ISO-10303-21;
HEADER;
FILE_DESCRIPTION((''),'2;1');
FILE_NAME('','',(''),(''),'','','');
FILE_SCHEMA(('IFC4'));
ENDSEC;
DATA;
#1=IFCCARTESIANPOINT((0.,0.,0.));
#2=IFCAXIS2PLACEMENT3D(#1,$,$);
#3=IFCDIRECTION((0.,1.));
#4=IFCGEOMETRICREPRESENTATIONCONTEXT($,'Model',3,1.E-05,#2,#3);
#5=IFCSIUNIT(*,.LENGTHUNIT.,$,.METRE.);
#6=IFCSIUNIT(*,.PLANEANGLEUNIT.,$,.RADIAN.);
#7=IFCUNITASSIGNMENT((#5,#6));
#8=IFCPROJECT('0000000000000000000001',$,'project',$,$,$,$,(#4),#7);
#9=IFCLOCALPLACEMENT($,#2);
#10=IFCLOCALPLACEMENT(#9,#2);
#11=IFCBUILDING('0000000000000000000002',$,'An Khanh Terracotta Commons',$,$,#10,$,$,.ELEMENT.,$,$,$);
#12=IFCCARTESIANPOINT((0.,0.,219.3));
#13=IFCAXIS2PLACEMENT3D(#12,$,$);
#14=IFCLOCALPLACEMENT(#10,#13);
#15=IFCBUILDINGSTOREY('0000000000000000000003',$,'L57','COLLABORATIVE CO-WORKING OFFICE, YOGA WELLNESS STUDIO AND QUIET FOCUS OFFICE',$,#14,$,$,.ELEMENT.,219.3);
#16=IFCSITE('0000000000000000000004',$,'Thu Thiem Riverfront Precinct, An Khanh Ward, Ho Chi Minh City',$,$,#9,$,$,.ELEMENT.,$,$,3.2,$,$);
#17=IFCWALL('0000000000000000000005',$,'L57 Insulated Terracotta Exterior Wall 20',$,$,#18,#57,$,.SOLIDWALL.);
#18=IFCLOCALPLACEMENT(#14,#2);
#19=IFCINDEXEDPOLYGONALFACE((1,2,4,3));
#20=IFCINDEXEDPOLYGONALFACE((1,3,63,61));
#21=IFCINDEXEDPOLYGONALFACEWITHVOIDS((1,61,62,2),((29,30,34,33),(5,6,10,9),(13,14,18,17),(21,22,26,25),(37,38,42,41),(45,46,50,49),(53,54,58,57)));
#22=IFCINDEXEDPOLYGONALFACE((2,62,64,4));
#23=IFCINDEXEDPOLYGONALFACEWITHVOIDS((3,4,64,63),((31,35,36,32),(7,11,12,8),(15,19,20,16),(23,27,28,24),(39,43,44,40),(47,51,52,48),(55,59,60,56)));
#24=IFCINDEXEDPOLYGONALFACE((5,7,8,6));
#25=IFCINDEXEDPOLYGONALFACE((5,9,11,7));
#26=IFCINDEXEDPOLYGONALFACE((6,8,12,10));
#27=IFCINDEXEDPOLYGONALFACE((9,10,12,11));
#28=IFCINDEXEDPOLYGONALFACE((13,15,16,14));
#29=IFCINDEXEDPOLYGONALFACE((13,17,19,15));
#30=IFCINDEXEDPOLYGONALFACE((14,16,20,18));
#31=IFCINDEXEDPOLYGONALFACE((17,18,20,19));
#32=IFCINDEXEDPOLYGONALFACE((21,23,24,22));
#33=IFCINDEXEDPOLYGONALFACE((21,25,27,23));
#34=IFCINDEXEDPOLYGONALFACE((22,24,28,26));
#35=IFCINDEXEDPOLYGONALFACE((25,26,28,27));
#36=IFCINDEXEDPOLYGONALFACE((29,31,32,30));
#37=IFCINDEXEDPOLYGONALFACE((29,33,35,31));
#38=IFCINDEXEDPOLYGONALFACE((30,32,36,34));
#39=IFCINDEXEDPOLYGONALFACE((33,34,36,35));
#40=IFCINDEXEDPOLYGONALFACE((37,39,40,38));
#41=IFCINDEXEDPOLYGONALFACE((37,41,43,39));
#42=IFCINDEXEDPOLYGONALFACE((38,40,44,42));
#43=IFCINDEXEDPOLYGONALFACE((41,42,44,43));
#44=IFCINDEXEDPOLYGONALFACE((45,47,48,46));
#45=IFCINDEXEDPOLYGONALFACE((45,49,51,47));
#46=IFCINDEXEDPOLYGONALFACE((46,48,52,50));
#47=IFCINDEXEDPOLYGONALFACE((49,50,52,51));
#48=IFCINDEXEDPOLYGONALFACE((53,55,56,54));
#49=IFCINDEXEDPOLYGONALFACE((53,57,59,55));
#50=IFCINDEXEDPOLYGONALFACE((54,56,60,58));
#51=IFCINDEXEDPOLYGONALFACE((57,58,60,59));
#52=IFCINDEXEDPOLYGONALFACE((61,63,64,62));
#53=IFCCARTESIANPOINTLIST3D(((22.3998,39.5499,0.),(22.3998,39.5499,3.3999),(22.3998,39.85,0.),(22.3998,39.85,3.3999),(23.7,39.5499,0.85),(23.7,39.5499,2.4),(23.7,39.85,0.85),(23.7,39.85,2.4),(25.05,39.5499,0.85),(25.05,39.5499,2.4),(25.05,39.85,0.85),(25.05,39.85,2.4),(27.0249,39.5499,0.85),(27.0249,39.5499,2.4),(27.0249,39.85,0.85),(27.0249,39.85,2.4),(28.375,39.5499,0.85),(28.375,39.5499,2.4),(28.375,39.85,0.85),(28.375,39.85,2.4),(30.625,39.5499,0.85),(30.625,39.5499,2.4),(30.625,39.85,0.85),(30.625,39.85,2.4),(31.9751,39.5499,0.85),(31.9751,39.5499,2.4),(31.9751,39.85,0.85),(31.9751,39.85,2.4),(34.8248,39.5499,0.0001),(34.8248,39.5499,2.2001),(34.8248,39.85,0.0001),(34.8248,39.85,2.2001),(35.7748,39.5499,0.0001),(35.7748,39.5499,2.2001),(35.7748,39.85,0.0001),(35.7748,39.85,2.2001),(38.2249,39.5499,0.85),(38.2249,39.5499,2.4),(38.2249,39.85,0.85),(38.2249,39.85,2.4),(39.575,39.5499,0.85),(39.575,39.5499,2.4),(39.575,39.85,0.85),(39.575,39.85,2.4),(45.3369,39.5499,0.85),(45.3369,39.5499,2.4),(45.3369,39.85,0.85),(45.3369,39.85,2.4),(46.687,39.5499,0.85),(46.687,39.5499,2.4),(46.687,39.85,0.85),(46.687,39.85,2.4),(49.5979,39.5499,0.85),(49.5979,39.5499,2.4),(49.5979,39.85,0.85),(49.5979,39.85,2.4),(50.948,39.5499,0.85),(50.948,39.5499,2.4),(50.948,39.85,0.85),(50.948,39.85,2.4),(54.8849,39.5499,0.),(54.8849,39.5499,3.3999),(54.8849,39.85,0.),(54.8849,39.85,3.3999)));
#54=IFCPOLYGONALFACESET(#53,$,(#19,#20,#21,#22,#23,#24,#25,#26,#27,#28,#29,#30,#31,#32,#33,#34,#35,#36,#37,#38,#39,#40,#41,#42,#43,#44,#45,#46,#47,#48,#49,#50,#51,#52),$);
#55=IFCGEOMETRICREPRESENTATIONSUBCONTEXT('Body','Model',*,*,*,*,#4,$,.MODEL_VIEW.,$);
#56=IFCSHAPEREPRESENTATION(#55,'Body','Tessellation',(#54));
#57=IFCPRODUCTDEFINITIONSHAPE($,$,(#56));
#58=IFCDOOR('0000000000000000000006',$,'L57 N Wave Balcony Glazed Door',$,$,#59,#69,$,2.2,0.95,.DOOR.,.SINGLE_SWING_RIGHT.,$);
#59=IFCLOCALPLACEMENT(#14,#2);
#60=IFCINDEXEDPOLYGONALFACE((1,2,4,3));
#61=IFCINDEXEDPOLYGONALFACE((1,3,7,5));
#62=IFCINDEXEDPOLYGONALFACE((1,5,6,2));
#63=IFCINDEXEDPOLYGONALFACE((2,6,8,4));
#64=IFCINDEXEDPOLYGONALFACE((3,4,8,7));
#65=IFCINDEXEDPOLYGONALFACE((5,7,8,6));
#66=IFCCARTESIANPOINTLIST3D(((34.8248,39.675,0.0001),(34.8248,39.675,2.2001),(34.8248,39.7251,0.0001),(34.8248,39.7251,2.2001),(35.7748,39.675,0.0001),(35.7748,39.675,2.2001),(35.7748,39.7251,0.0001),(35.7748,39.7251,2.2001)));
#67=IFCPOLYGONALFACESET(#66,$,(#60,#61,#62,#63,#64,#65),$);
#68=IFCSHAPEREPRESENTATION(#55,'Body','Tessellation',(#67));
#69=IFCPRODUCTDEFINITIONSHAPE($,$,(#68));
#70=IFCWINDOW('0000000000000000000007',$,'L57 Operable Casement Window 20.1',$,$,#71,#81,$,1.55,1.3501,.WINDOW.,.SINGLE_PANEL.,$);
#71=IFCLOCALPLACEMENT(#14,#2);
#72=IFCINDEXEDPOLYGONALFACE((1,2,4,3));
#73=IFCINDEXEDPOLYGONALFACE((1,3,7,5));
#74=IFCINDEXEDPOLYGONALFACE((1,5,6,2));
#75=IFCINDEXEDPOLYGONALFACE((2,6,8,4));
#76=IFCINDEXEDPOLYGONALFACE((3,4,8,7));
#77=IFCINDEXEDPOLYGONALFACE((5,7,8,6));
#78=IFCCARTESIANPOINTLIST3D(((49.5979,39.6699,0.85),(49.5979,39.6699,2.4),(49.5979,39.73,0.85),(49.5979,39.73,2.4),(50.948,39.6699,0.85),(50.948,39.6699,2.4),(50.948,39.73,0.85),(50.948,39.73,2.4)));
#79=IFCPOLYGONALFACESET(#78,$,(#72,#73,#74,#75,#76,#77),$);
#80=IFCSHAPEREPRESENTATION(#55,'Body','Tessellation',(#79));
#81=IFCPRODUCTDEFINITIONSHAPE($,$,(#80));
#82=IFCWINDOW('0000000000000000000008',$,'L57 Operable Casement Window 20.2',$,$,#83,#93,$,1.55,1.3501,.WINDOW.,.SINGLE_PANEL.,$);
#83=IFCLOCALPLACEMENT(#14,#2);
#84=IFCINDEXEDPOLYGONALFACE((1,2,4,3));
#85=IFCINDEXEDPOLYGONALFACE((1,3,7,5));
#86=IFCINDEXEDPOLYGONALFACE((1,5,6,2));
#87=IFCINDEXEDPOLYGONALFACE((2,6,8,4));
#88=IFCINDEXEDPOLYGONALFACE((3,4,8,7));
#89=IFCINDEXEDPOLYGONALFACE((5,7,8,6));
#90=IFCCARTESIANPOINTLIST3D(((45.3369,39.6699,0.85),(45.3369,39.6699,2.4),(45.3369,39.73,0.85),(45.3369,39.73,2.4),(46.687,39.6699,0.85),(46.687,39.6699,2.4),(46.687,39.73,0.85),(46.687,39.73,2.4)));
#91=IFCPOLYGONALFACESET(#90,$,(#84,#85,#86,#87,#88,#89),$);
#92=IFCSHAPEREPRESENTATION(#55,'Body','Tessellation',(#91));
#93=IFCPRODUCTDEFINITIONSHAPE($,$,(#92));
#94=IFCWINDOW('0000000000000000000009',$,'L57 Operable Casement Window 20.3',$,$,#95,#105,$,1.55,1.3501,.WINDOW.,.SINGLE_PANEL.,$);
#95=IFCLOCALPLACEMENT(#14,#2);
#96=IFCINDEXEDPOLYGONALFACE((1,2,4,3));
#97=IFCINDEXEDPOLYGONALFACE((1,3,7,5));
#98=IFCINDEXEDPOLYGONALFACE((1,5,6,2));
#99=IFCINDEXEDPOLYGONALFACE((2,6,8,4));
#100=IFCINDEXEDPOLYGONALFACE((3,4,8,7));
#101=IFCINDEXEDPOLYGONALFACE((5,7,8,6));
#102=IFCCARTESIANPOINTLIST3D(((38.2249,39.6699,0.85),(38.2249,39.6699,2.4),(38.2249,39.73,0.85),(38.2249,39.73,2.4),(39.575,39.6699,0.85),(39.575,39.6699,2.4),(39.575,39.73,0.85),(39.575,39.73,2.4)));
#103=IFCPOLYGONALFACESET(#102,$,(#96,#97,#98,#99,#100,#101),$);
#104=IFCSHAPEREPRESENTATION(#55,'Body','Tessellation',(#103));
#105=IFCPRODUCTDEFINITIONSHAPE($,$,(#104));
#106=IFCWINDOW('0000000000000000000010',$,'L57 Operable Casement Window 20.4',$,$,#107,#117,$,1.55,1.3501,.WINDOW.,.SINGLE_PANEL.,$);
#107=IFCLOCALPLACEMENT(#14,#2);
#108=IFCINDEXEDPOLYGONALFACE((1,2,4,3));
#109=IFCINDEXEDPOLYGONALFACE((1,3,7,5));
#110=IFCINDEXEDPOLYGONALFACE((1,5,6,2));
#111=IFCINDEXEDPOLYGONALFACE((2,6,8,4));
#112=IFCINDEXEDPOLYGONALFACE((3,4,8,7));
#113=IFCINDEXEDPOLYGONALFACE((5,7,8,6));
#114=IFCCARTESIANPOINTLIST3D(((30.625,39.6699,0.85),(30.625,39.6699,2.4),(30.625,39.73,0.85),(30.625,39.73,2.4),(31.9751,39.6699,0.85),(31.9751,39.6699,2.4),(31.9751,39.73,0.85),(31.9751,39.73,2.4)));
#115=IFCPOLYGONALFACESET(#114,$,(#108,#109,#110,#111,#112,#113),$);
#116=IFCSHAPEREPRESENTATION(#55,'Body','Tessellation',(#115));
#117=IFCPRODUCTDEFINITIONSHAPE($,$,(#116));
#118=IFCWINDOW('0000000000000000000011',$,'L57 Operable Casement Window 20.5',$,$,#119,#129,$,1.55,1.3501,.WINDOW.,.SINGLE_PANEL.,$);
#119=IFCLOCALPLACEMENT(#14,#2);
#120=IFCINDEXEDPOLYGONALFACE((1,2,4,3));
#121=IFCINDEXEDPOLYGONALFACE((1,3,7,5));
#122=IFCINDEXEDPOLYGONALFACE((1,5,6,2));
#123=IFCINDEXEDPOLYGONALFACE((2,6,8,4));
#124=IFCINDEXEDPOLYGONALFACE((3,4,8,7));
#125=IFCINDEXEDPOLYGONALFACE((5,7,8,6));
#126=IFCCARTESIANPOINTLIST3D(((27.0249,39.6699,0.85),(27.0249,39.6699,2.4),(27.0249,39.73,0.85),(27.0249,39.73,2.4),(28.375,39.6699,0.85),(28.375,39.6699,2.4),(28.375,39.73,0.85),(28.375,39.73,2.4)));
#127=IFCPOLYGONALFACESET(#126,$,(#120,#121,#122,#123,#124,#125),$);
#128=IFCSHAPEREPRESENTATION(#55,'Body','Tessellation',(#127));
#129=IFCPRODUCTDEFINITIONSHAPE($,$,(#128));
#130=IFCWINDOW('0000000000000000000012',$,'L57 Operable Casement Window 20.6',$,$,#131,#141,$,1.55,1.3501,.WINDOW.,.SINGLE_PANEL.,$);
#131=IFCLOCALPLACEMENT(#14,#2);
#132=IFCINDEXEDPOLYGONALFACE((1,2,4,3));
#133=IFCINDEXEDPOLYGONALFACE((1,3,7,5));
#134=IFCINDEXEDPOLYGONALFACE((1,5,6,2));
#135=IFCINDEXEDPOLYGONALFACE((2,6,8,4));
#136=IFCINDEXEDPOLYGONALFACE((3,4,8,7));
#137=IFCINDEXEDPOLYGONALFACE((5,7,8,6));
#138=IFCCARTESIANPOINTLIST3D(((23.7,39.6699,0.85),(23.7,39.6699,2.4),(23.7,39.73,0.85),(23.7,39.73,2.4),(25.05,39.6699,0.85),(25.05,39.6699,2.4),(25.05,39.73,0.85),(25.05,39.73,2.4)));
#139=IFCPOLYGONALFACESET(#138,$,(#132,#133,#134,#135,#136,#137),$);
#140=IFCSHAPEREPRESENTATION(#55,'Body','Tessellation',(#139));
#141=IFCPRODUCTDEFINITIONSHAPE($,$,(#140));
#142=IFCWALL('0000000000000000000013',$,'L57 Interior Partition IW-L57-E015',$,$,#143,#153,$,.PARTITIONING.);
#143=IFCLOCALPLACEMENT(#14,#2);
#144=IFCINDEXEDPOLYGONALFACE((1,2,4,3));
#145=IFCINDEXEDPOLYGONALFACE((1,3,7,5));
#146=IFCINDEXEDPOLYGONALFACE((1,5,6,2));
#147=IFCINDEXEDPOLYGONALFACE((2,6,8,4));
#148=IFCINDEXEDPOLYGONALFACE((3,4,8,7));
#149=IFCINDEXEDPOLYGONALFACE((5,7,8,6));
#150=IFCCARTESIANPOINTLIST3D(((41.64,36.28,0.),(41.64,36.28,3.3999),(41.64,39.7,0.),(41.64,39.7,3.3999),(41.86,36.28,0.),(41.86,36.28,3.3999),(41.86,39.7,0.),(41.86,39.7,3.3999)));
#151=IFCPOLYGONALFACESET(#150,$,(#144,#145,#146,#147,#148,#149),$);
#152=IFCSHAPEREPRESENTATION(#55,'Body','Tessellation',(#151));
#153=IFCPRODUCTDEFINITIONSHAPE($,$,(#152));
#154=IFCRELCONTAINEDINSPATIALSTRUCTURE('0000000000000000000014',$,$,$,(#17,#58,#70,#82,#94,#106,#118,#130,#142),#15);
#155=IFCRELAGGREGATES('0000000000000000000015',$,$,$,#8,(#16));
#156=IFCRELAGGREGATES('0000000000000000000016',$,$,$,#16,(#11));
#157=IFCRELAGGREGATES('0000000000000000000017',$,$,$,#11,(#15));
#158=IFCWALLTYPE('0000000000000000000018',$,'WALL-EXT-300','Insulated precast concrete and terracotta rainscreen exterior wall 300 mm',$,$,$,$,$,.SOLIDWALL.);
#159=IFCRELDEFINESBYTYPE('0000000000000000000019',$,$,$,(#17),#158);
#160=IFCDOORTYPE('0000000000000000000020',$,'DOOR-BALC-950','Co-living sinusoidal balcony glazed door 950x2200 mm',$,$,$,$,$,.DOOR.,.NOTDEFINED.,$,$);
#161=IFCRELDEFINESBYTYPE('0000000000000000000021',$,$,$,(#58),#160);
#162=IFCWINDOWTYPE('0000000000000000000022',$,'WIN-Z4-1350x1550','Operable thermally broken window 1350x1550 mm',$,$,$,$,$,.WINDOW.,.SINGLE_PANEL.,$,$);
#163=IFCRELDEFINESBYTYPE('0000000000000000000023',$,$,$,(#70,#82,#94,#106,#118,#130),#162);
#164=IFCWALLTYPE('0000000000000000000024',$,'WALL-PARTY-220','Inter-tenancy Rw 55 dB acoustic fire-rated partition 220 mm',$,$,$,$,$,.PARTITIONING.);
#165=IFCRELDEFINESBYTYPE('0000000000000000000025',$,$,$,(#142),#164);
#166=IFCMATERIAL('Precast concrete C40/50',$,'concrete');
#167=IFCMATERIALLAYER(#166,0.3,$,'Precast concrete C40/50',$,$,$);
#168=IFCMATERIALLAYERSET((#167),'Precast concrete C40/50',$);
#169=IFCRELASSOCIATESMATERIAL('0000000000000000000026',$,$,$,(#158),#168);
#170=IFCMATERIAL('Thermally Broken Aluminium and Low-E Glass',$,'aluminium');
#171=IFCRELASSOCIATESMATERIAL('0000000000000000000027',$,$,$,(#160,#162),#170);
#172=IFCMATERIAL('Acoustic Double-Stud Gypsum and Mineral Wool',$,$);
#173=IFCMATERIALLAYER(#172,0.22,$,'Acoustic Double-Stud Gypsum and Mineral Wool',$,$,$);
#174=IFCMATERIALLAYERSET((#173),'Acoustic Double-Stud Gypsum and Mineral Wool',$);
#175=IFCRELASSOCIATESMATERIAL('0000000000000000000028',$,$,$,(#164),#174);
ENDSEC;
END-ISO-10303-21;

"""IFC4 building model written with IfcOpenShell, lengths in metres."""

from ifc_helpers import new_model, si_unit, direction, frame, frame_2d, origin, place, context, subcontext, project, spatial, rectangle, extrude, material, layer, layer_set, type_object, element, fill, save


model = new_model("IFC4")

# Units and contexts
model_context = context("Model", 3, precision=1e-05, world=origin(), true_north=direction((0.0, 1.0)))
body_context = subcontext(model_context, "Body", "Model", "MODEL_VIEW")
ifc_project = project(units=[si_unit("LENGTHUNIT", "METRE"), si_unit("PLANEANGLEUNIT", "RADIAN")], contexts=[model_context])

# Site, building, storey
site_placement = place(None, origin())
site = spatial("IfcSite", under=ifc_project, at=site_placement, Name="Thu Thiem Riverfront Precinct, An Khanh Ward, Ho Chi Minh City", CompositionType="ELEMENT", RefElevation=3.2)
building_placement = place(site_placement, origin())
building = spatial("IfcBuilding", under=site, at=building_placement, Name="An Khanh Terracotta Commons", CompositionType="ELEMENT")
storey_placement = place(building_placement, frame((0.0, 0.0, 219.3)))
storey = spatial("IfcBuildingStorey", under=building, at=storey_placement, Name="L57", Description="COLLABORATIVE CO-WORKING OFFICE, YOGA WELLNESS STUDIO AND QUIET FOCUS OFFICE", CompositionType="ELEMENT", Elevation=219.3)

# Shared definitions
ifc_material_1 = material(Name="Precast concrete C40/50", Category="concrete")
ifc_layer_1 = layer(ifc_material_1, 0.3, Name="Precast concrete C40/50")
ifc_layer_set_1 = layer_set([ifc_layer_1], Name="Precast concrete C40/50")
wall_type_1 = type_object("IfcWallType", Name="WALL-EXT-300", Description="Insulated precast concrete and terracotta rainscreen exterior wall 300 mm", PredefinedType="SOLIDWALL", material=ifc_layer_set_1)

# Wall, openings, door, windows
wall_1_placement = place(storey_placement, frame((54.885, 39.7, 0.0), z_axis=(0.0, 0.0, 1.0), x_axis=(-1.0, 0.0, 0.0)))
wall_1 = element("IfcWall", 1, at=wall_1_placement, inside=storey, type_object=wall_type_1, Name="L57 Insulated Terracotta Exterior Wall 20", PredefinedType="SOLIDWALL", context=body_context, shape_type="SweptSolid", body=[
    extrude(rectangle(XDim=32.4851, YDim=0.3, at=frame_2d((16.2427, 0.0))), origin(), (0.0, 0.0, 1.0), 3.3999),
])
opening_1_placement = place(wall_1_placement, frame((19.1101, 0.0, 0.0)))
opening_1 = element("IfcOpeningElement", 2, at=opening_1_placement, cuts=wall_1, PredefinedType="OPENING", context=body_context, shape_type="SweptSolid", body=[
    extrude(rectangle(XDim=0.95, YDim=2.2, at=frame_2d((0.4751, 1.1001))), frame((0.0, 0.1599, 0.0), z_axis=(0.0, -1.0, 0.0), x_axis=(1.0, 0.0, 0.0)), (0.0, 0.0, 1.0), 0.3201),
])
opening_2_placement = place(wall_1_placement, frame((3.937, 0.0, 0.8501)))
opening_2 = element("IfcOpeningElement", 3, at=opening_2_placement, cuts=wall_1, PredefinedType="OPENING", context=body_context, shape_type="SweptSolid", body=[
    extrude(rectangle(XDim=1.3501, YDim=1.55, at=frame_2d((0.675, 0.7749))), frame((0.0, 0.1599, 0.0), z_axis=(0.0, -1.0, 0.0), x_axis=(1.0, 0.0, 0.0)), (0.0, 0.0, 1.0), 0.3201),
])
opening_3_placement = place(wall_1_placement, frame((8.198, 0.0, 0.8501)))
opening_3 = element("IfcOpeningElement", 4, at=opening_3_placement, cuts=wall_1, PredefinedType="OPENING", context=body_context, shape_type="SweptSolid", body=[
    extrude(rectangle(XDim=1.3501, YDim=1.55, at=frame_2d((0.675, 0.7749))), frame((0.0, 0.1599, 0.0), z_axis=(0.0, -1.0, 0.0), x_axis=(1.0, 0.0, 0.0)), (0.0, 0.0, 1.0), 0.3201),
])
opening_4_placement = place(wall_1_placement, frame((15.3101, 0.0, 0.8501)))
opening_4 = element("IfcOpeningElement", 5, at=opening_4_placement, cuts=wall_1, PredefinedType="OPENING", context=body_context, shape_type="SweptSolid", body=[
    extrude(rectangle(XDim=1.3501, YDim=1.55, at=frame_2d((0.675, 0.7749))), frame((0.0, 0.1599, 0.0), z_axis=(0.0, -1.0, 0.0), x_axis=(1.0, 0.0, 0.0)), (0.0, 0.0, 1.0), 0.3201),
])
opening_5_placement = place(wall_1_placement, frame((22.9099, 0.0, 0.8501)))
opening_5 = element("IfcOpeningElement", 6, at=opening_5_placement, cuts=wall_1, PredefinedType="OPENING", context=body_context, shape_type="SweptSolid", body=[
    extrude(rectangle(XDim=1.3501, YDim=1.55, at=frame_2d((0.675, 0.7749))), frame((0.0, 0.1599, 0.0), z_axis=(0.0, -1.0, 0.0), x_axis=(1.0, 0.0, 0.0)), (0.0, 0.0, 1.0), 0.3201),
])
opening_6_placement = place(wall_1_placement, frame((26.51, 0.0, 0.8501)))
opening_6 = element("IfcOpeningElement", 7, at=opening_6_placement, cuts=wall_1, PredefinedType="OPENING", context=body_context, shape_type="SweptSolid", body=[
    extrude(rectangle(XDim=1.3501, YDim=1.55, at=frame_2d((0.675, 0.7749))), frame((0.0, 0.1599, 0.0), z_axis=(0.0, -1.0, 0.0), x_axis=(1.0, 0.0, 0.0)), (0.0, 0.0, 1.0), 0.3201),
])
opening_7_placement = place(wall_1_placement, frame((29.835, 0.0, 0.8501)))
opening_7 = element("IfcOpeningElement", 8, at=opening_7_placement, cuts=wall_1, PredefinedType="OPENING", context=body_context, shape_type="SweptSolid", body=[
    extrude(rectangle(XDim=1.3501, YDim=1.55, at=frame_2d((0.675, 0.7749))), frame((0.0, 0.1599, 0.0), z_axis=(0.0, -1.0, 0.0), x_axis=(1.0, 0.0, 0.0)), (0.0, 0.0, 1.0), 0.3201),
])
ifc_material_2 = material(Name="Thermally Broken Aluminium and Low-E Glass", Category="aluminium")
door_type = type_object("IfcDoorType", Name="DOOR-BALC-950", Description="Co-living sinusoidal balcony glazed door 950x2200 mm", OperationType="NOTDEFINED", PredefinedType="DOOR", material=ifc_material_2)
door_placement = place(opening_1_placement, origin())
door = element("IfcDoor", 9, at=door_placement, inside=storey, type_object=door_type, Name="L57 N Wave Balcony Glazed Door", OperationType="SINGLE_SWING_RIGHT", OverallHeight=2.2, OverallWidth=0.95, PredefinedType="DOOR", context=body_context, shape_type="SweptSolid", body=[
    extrude(rectangle(XDim=0.95, YDim=2.2, at=frame_2d((0.4751, 1.1001))), frame((0.0, 0.0249, 0.0), z_axis=(0.0, -1.0, 0.0), x_axis=(1.0, 0.0, 0.0)), (0.0, 0.0, 1.0), 0.05),
])
fill(opening_1, door)
window_type = type_object("IfcWindowType", Name="WIN-Z4-1350x1550", Description="Operable thermally broken window 1350x1550 mm", PartitioningType="SINGLE_PANEL", PredefinedType="WINDOW", material=ifc_material_2)
window_1_placement = place(opening_2_placement, origin())
window_1 = element("IfcWindow", 10, at=window_1_placement, inside=storey, type_object=window_type, Name="L57 Operable Casement Window 20.1", OverallHeight=1.55, OverallWidth=1.3501, PartitioningType="SINGLE_PANEL", PredefinedType="WINDOW", context=body_context, shape_type="SweptSolid", body=[
    extrude(rectangle(XDim=1.3501, YDim=1.55, at=frame_2d((0.675, 0.7749))), frame((0.0, 0.03, 0.0), z_axis=(0.0, -1.0, 0.0), x_axis=(1.0, 0.0, 0.0)), (0.0, 0.0, 1.0), 0.0601),
])
fill(opening_2, window_1)
window_2_placement = place(opening_3_placement, origin())
window_2 = element("IfcWindow", 11, at=window_2_placement, inside=storey, type_object=window_type, Name="L57 Operable Casement Window 20.2", OverallHeight=1.55, OverallWidth=1.3501, PartitioningType="SINGLE_PANEL", PredefinedType="WINDOW", context=body_context, shape_type="SweptSolid", body=[
    extrude(rectangle(XDim=1.3501, YDim=1.55, at=frame_2d((0.675, 0.7749))), frame((0.0, 0.03, 0.0), z_axis=(0.0, -1.0, 0.0), x_axis=(1.0, 0.0, 0.0)), (0.0, 0.0, 1.0), 0.0601),
])
fill(opening_3, window_2)
window_3_placement = place(opening_4_placement, origin())
window_3 = element("IfcWindow", 12, at=window_3_placement, inside=storey, type_object=window_type, Name="L57 Operable Casement Window 20.3", OverallHeight=1.55, OverallWidth=1.3501, PartitioningType="SINGLE_PANEL", PredefinedType="WINDOW", context=body_context, shape_type="SweptSolid", body=[
    extrude(rectangle(XDim=1.3501, YDim=1.55, at=frame_2d((0.675, 0.7749))), frame((0.0, 0.03, 0.0), z_axis=(0.0, -1.0, 0.0), x_axis=(1.0, 0.0, 0.0)), (0.0, 0.0, 1.0), 0.0601),
])
fill(opening_4, window_3)
window_4_placement = place(opening_5_placement, origin())
window_4 = element("IfcWindow", 13, at=window_4_placement, inside=storey, type_object=window_type, Name="L57 Operable Casement Window 20.4", OverallHeight=1.55, OverallWidth=1.3501, PartitioningType="SINGLE_PANEL", PredefinedType="WINDOW", context=body_context, shape_type="SweptSolid", body=[
    extrude(rectangle(XDim=1.3501, YDim=1.55, at=frame_2d((0.675, 0.7749))), frame((0.0, 0.03, 0.0), z_axis=(0.0, -1.0, 0.0), x_axis=(1.0, 0.0, 0.0)), (0.0, 0.0, 1.0), 0.0601),
])
fill(opening_5, window_4)
window_5_placement = place(opening_6_placement, origin())
window_5 = element("IfcWindow", 14, at=window_5_placement, inside=storey, type_object=window_type, Name="L57 Operable Casement Window 20.5", OverallHeight=1.55, OverallWidth=1.3501, PartitioningType="SINGLE_PANEL", PredefinedType="WINDOW", context=body_context, shape_type="SweptSolid", body=[
    extrude(rectangle(XDim=1.3501, YDim=1.55, at=frame_2d((0.675, 0.7749))), frame((0.0, 0.03, 0.0), z_axis=(0.0, -1.0, 0.0), x_axis=(1.0, 0.0, 0.0)), (0.0, 0.0, 1.0), 0.0601),
])
fill(opening_6, window_5)
window_6_placement = place(opening_7_placement, origin())
window_6 = element("IfcWindow", 15, at=window_6_placement, inside=storey, type_object=window_type, Name="L57 Operable Casement Window 20.6", OverallHeight=1.55, OverallWidth=1.3501, PartitioningType="SINGLE_PANEL", PredefinedType="WINDOW", context=body_context, shape_type="SweptSolid", body=[
    extrude(rectangle(XDim=1.3501, YDim=1.55, at=frame_2d((0.675, 0.7749))), frame((0.0, 0.03, 0.0), z_axis=(0.0, -1.0, 0.0), x_axis=(1.0, 0.0, 0.0)), (0.0, 0.0, 1.0), 0.0601),
])
fill(opening_7, window_6)

# Wall
ifc_material_3 = material(Name="Acoustic Double-Stud Gypsum and Mineral Wool")
ifc_layer_2 = layer(ifc_material_3, 0.22, Name="Acoustic Double-Stud Gypsum and Mineral Wool")
ifc_layer_set_2 = layer_set([ifc_layer_2], Name="Acoustic Double-Stud Gypsum and Mineral Wool")
wall_type_2 = type_object("IfcWallType", Name="WALL-PARTY-220", Description="Inter-tenancy Rw 55 dB acoustic fire-rated partition 220 mm", PredefinedType="PARTITIONING", material=ifc_layer_set_2)
wall_2_placement = place(storey_placement, frame((41.75, 36.28, 0.0), z_axis=(0.0, 0.0, 1.0), x_axis=(0.0, 1.0, 0.0)))
element("IfcWall", 16, at=wall_2_placement, inside=storey, type_object=wall_type_2, Name="L57 Interior Partition IW-L57-E015", PredefinedType="PARTITIONING", context=body_context, shape_type="SweptSolid", body=[
    extrude(rectangle(XDim=3.4199, YDim=0.22, at=frame_2d((1.71, 0.0))), origin(), (0.0, 0.0, 1.0), 3.3999),
])

save(model, "model.ifc")
